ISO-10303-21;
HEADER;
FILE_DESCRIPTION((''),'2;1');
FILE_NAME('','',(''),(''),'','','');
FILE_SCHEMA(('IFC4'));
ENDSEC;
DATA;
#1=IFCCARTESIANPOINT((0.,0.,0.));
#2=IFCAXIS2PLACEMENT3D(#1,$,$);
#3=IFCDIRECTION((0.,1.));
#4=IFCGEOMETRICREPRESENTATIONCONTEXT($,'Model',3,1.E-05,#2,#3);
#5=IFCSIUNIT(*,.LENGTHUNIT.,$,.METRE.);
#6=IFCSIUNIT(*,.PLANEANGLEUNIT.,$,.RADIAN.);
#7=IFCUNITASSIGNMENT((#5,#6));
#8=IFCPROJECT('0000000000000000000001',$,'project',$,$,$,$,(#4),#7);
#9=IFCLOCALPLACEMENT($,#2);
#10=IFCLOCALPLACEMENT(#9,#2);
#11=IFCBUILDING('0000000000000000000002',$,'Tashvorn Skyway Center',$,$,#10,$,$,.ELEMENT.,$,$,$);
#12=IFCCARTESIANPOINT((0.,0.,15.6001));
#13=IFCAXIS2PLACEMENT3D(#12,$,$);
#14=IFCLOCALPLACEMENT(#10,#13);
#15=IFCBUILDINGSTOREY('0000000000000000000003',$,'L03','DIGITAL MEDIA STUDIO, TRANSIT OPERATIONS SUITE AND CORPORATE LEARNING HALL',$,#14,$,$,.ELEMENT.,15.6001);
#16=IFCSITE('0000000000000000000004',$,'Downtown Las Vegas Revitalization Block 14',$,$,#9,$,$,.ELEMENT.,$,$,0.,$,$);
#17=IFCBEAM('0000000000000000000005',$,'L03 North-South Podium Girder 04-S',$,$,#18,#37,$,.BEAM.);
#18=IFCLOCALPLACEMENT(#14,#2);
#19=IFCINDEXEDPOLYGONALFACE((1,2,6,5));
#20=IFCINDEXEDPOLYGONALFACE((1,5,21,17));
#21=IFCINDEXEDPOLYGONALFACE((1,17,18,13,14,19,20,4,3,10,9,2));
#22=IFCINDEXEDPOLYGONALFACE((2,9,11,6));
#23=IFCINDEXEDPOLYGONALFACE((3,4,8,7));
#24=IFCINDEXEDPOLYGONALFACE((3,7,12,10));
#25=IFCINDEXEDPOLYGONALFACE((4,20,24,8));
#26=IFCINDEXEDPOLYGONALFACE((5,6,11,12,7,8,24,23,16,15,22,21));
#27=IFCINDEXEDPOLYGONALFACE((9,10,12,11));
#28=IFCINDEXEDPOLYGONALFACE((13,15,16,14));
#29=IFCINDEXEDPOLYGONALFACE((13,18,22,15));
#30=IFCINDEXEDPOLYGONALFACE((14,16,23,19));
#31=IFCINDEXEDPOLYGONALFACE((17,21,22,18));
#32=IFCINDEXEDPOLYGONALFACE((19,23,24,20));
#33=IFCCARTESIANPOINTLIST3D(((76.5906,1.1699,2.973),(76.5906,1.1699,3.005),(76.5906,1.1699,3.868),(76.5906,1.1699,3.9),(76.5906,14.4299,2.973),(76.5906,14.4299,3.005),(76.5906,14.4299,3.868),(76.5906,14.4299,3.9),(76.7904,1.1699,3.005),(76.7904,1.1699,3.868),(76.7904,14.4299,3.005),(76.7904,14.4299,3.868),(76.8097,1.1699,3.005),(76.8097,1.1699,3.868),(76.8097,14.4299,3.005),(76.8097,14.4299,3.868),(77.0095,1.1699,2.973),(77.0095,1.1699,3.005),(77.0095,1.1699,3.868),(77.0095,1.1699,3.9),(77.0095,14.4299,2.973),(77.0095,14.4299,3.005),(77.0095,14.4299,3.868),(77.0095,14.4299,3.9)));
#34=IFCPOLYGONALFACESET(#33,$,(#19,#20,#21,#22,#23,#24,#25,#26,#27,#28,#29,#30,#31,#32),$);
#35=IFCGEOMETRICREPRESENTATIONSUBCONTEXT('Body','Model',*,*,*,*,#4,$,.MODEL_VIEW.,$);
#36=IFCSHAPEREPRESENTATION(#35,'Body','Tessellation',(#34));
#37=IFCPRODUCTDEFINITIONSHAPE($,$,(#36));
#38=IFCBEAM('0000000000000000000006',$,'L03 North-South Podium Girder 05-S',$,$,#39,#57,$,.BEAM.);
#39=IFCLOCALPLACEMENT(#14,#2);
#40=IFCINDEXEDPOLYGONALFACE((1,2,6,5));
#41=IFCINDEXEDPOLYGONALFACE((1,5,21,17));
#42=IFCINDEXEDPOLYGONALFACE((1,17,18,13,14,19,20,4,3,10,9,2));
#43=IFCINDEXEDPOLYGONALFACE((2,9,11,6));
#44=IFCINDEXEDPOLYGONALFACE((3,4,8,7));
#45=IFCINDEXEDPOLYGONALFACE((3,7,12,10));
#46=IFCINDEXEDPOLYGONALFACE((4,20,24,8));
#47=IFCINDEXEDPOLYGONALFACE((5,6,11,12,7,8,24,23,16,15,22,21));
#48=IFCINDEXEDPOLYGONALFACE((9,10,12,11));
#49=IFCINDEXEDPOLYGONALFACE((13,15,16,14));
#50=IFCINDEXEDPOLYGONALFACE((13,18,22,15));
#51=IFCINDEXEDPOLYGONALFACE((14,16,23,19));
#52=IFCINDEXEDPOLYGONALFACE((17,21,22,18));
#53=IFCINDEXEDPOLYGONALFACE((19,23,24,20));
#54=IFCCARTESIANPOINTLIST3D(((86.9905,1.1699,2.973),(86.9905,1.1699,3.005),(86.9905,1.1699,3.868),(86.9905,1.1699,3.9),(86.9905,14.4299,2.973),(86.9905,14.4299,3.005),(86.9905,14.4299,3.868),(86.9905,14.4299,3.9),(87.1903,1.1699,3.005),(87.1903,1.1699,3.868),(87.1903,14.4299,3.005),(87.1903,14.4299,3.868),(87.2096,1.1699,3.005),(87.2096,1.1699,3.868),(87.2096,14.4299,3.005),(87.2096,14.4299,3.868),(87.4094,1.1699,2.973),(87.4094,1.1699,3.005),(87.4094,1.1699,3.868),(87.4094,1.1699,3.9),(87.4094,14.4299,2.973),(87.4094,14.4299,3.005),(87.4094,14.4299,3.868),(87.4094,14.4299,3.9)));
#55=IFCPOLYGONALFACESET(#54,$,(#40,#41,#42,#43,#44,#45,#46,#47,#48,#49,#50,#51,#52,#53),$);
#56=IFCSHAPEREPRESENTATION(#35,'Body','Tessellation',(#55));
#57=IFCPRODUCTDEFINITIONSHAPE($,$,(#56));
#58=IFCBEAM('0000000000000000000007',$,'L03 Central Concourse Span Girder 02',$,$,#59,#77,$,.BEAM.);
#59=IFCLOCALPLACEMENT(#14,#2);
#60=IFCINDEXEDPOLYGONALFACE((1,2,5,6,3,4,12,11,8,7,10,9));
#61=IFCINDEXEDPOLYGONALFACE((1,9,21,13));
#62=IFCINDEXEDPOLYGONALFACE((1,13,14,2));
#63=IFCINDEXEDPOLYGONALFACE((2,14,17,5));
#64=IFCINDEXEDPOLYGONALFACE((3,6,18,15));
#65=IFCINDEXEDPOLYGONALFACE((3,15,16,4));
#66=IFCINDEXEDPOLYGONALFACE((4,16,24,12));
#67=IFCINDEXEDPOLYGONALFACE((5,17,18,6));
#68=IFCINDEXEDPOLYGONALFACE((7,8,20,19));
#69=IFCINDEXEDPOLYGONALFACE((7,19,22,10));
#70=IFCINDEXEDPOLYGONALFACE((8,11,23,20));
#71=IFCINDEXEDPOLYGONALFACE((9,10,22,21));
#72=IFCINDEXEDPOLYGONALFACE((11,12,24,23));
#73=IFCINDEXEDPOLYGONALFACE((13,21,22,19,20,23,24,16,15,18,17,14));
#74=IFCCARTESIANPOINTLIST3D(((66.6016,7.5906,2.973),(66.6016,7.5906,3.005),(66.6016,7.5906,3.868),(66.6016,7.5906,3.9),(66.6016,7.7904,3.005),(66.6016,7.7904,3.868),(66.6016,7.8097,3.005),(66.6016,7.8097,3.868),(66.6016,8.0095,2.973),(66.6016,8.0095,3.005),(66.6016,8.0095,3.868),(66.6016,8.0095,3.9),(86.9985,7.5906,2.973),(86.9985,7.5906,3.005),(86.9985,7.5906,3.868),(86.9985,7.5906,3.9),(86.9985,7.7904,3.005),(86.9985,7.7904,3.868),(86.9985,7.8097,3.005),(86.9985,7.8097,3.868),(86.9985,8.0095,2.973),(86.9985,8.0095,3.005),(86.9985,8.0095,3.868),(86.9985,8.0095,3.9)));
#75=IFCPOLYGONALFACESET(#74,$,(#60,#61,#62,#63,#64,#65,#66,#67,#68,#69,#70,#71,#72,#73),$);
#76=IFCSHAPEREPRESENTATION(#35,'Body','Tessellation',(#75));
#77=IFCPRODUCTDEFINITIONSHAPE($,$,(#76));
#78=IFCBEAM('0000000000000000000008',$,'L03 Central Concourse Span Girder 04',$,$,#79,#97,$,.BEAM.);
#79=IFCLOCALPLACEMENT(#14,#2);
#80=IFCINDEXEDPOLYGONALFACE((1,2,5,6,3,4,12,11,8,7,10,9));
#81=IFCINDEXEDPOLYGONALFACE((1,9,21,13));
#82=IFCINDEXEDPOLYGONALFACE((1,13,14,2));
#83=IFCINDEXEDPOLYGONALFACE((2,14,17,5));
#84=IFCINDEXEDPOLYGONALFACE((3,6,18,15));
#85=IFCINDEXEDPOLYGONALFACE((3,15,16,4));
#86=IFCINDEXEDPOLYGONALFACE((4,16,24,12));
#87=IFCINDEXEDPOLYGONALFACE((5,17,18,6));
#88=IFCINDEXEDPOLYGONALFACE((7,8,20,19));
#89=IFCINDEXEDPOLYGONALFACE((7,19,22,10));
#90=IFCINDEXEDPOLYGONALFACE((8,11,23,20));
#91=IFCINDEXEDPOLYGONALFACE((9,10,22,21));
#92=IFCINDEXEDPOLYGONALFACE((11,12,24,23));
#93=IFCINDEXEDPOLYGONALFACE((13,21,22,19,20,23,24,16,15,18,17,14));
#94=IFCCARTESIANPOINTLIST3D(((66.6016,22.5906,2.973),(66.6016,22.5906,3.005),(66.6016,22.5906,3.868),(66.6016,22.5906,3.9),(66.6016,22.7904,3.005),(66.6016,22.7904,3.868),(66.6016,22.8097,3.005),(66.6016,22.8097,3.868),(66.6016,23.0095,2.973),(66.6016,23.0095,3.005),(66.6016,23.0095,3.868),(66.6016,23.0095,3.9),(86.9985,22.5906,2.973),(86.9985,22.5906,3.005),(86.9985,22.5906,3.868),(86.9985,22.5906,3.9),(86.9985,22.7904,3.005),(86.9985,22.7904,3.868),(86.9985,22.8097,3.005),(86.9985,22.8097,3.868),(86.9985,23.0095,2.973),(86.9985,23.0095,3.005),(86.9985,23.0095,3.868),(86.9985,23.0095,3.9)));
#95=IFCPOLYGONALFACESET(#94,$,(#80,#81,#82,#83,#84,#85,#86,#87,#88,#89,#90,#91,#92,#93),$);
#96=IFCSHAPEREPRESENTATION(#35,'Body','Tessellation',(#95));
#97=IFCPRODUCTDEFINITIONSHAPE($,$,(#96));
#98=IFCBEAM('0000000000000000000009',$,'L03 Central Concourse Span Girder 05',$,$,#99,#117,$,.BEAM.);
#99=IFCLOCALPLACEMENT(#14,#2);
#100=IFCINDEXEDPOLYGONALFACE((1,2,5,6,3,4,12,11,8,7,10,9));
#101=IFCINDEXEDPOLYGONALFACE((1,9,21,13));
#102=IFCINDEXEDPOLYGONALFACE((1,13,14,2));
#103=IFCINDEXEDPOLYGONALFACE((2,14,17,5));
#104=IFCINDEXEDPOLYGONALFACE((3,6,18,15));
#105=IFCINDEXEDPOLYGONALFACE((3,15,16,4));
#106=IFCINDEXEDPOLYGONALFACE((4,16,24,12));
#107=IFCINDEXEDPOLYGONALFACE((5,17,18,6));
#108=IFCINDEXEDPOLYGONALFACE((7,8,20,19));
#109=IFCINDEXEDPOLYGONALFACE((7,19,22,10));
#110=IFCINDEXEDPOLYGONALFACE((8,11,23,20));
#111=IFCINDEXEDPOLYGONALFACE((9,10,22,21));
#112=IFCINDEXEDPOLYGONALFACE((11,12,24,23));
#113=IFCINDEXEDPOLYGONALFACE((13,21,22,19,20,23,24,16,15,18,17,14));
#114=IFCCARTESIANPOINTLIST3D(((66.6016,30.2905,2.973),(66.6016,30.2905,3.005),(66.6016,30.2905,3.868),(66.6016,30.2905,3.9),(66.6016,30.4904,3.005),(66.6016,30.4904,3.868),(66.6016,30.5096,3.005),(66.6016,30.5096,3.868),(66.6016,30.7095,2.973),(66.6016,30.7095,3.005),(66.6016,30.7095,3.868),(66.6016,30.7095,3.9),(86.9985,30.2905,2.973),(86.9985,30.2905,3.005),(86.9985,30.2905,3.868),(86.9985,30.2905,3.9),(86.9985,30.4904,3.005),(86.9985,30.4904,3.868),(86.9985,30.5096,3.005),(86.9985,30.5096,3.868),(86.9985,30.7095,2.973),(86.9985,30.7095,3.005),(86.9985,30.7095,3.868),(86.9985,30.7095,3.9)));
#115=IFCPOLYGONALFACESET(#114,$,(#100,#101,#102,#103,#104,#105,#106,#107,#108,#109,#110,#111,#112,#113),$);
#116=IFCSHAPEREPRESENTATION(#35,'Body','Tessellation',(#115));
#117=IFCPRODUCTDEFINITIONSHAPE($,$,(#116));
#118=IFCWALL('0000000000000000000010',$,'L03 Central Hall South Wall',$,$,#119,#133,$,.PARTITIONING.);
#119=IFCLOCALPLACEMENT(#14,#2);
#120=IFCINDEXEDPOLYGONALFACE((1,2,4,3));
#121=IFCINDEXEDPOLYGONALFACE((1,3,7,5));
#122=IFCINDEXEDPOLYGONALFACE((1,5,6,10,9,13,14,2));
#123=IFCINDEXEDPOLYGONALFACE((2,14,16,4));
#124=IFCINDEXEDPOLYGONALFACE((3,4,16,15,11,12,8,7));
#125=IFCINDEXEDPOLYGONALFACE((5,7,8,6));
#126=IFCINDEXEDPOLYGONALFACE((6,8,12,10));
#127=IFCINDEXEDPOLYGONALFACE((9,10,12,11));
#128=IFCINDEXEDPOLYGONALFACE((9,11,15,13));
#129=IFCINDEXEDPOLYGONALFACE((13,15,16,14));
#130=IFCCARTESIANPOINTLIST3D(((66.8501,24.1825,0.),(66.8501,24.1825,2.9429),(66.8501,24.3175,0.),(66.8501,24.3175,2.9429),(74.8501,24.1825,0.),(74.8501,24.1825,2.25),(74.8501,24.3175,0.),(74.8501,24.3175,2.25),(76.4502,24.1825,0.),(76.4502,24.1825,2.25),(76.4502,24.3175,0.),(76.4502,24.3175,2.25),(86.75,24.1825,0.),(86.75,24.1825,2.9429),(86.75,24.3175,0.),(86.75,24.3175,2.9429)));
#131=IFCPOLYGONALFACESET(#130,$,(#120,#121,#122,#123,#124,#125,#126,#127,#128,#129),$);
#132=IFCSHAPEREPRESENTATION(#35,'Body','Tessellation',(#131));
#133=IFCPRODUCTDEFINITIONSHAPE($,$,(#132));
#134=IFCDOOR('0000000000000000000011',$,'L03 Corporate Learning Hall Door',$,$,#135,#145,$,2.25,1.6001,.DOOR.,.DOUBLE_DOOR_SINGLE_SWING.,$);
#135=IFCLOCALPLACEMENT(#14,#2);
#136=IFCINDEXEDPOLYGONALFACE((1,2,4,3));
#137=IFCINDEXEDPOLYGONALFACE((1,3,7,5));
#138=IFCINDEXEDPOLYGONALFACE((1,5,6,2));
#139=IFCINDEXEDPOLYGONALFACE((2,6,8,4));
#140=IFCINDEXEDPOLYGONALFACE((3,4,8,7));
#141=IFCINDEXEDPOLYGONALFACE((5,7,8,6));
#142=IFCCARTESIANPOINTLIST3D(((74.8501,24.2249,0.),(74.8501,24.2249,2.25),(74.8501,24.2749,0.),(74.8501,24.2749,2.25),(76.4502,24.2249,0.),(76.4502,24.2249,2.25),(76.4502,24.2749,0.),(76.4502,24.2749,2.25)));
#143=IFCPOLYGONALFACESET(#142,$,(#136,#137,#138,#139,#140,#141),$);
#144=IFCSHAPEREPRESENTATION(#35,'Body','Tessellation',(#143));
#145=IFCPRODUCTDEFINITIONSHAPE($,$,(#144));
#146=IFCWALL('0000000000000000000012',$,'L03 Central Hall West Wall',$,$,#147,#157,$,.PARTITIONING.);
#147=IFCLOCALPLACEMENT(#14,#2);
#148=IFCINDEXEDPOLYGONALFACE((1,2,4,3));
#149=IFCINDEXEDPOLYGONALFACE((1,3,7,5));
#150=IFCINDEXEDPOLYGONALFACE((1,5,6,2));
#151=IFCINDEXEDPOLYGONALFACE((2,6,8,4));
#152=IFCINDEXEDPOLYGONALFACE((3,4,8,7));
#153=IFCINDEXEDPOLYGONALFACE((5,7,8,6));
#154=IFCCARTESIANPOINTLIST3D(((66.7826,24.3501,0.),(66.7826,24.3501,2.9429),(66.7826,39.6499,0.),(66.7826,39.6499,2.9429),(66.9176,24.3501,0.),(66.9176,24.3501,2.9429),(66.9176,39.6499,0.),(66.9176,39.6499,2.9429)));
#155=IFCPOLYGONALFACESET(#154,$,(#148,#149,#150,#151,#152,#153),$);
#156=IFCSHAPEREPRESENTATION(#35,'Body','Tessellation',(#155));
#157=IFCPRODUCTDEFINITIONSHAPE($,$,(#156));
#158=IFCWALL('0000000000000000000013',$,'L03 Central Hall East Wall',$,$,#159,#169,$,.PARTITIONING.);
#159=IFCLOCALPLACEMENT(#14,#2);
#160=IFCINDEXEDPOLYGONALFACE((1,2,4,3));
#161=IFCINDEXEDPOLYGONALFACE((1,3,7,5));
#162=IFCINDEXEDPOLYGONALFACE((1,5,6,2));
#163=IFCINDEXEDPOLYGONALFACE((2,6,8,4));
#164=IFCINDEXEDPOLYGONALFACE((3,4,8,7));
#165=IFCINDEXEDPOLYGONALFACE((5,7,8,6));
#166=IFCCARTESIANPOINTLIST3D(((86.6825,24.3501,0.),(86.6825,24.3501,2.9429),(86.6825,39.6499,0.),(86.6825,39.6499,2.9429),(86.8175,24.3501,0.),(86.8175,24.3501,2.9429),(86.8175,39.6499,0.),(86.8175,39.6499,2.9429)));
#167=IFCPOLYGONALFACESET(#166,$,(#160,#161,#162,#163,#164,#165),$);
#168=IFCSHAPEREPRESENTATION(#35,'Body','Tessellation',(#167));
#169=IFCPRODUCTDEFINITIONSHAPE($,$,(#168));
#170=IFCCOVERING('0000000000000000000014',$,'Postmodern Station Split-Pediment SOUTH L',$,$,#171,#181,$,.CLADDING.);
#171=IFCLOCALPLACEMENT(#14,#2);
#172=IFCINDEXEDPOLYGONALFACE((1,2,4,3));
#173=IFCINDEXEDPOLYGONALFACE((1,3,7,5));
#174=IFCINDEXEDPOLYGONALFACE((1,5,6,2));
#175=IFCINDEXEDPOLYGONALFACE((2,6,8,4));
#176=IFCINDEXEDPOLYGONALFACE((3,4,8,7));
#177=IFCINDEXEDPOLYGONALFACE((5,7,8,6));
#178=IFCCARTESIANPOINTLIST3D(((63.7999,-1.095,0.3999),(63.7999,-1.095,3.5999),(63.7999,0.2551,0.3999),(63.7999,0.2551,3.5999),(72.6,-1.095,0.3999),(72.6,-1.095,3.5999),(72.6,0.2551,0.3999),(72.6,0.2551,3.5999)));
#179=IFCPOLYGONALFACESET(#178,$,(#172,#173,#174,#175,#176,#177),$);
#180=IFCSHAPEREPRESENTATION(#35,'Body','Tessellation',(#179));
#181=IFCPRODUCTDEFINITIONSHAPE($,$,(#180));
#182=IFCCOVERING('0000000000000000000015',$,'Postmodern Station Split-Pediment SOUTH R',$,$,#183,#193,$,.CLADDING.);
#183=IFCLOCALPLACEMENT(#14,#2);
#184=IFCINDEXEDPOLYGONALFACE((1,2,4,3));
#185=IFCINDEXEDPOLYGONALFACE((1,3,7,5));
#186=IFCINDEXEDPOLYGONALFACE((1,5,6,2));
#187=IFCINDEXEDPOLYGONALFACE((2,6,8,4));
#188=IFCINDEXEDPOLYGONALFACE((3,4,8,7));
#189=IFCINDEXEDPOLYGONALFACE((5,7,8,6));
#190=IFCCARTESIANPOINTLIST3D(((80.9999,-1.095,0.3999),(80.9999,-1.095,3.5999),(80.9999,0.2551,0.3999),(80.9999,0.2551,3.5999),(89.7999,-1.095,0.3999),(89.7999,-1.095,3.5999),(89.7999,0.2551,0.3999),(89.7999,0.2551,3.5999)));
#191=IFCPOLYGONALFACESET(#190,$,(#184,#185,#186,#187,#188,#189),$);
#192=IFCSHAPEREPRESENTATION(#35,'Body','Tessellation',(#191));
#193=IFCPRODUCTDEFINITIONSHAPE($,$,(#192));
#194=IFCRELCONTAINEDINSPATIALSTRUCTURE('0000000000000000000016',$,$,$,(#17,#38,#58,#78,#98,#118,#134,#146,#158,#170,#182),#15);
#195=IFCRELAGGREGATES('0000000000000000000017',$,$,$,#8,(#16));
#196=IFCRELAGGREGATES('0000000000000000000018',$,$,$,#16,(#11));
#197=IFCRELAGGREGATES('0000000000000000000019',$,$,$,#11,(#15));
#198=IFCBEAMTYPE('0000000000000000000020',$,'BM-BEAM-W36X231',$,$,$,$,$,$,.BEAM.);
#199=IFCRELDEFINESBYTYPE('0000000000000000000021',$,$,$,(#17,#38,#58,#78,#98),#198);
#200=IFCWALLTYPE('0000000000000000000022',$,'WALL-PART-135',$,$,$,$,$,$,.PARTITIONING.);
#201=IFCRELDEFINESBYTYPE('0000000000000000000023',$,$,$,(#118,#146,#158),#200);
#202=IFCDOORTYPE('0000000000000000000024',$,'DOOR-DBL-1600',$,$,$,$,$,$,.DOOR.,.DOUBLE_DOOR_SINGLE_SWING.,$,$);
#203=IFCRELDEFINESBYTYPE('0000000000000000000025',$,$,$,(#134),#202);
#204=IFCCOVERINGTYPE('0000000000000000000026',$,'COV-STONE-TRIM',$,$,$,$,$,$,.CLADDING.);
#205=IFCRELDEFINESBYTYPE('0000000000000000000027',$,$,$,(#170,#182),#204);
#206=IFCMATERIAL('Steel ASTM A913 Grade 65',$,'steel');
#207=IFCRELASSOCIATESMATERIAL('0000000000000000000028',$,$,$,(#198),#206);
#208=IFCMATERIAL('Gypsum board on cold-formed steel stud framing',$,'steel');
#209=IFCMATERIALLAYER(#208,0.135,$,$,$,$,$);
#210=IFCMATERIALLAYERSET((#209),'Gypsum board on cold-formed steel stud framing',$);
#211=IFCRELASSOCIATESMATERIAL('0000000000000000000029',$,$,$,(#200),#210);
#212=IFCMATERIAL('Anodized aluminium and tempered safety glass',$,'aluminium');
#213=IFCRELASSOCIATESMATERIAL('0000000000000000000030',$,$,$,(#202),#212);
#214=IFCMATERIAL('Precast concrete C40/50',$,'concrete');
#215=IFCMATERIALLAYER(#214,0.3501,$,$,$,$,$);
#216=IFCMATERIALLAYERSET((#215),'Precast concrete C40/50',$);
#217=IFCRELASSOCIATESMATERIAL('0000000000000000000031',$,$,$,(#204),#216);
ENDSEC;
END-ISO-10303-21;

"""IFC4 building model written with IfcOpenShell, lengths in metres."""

from ifc_helpers import new_model, si_unit, direction, frame, frame_2d, origin, origin_2d, place, context, subcontext, project, spatial, rectangle, i_section, extrude, material, layer, layer_set, material_profile, profile_set, type_object, element, fill, save


model = new_model("IFC4")

# Units and contexts
model_context = context("Model", 3, precision=1e-05, world=origin(), true_north=direction((0.0, 1.0)))
body_context = subcontext(model_context, "Body", "Model", "MODEL_VIEW")
ifc_project = project(units=[si_unit("LENGTHUNIT", "METRE"), si_unit("PLANEANGLEUNIT", "RADIAN")], contexts=[model_context])

# Site, building, storey
site_placement = place(None, origin())
site = spatial("IfcSite", under=ifc_project, at=site_placement, Name="Downtown Las Vegas Revitalization Block 14", CompositionType="ELEMENT", RefElevation=0.0)
building_placement = place(site_placement, origin())
building = spatial("IfcBuilding", under=site, at=building_placement, Name="Tashvorn Skyway Center", CompositionType="ELEMENT")
storey_placement = place(building_placement, frame((0.0, 0.0, 15.6001)))
storey = spatial("IfcBuildingStorey", under=building, at=storey_placement, Name="L03", Description="DIGITAL MEDIA STUDIO, TRANSIT OPERATIONS SUITE AND CORPORATE LEARNING HALL", CompositionType="ELEMENT", Elevation=15.6001)

# Beams
ifc_material_1 = material(Name="Steel ASTM A913 Grade 65", Category="steel")
ifc_material_profile_1 = material_profile(ifc_material_1, i_section(OverallWidth=0.4189, OverallDepth=0.927, WebThickness=0.0193, FlangeThickness=0.032, at=origin_2d()), Name="W36X231")
ifc_profile_set_1 = profile_set([ifc_material_profile_1], Name="Steel ASTM A913 Grade 65")
beam_type_1 = type_object("IfcBeamType", Name="BM-BEAM-W36X231", PredefinedType="BEAM", material=ifc_profile_set_1)
for number, where, z_axis, x_axis, name in (
    (1, (76.8, 1.1699, 3.4365), (0.0, 1.0, 0.0), (-1.0, 0.0, 0.0), "L03 North-South Podium Girder 04-S"),
    (2, (87.2, 1.1699, 3.4365), (0.0, 1.0, 0.0), (-1.0, 0.0, 0.0), "L03 North-South Podium Girder 05-S"),
):
    element("IfcBeam", number, at=place(storey_placement, frame(where, z_axis=z_axis, x_axis=x_axis)), inside=storey, type_object=beam_type_1, Name=name, PredefinedType="BEAM", context=body_context, shape_type="SweptSolid", body=[
        extrude(i_section(OverallWidth=0.4189, OverallDepth=0.927, WebThickness=0.0193, FlangeThickness=0.032, at=origin_2d()), origin(), (0.0, 0.0, 1.0), 13.26),
    ])
for number, where, z_axis, x_axis, name in (
    (3, (66.6016, 7.8, 3.4365), (1.0, 0.0, 0.0), (0.0, 1.0, 0.0), "L03 Central Concourse Span Girder 02"),
    (4, (66.6016, 22.8, 3.4365), (1.0, 0.0, 0.0), (0.0, 1.0, 0.0), "L03 Central Concourse Span Girder 04"),
    (5, (66.6016, 30.5, 3.4365), (1.0, 0.0, 0.0), (0.0, 1.0, 0.0), "L03 Central Concourse Span Girder 05"),
):
    element("IfcBeam", number, at=place(storey_placement, frame(where, z_axis=z_axis, x_axis=x_axis)), inside=storey, type_object=beam_type_1, Name=name, PredefinedType="BEAM", context=body_context, shape_type="SweptSolid", body=[
        extrude(i_section(OverallWidth=0.4189, OverallDepth=0.927, WebThickness=0.0193, FlangeThickness=0.032, at=origin_2d()), origin(), (0.0, 0.0, 1.0), 20.397),
    ])

# Wall, opening, door
ifc_material_2 = material(Name="Gypsum board on cold-formed steel stud framing", Category="steel")
ifc_layer_1 = layer(ifc_material_2, 0.135)
ifc_layer_set_1 = layer_set([ifc_layer_1], Name="Gypsum board on cold-formed steel stud framing")
wall_type = type_object("IfcWallType", Name="WALL-PART-135", PredefinedType="PARTITIONING", material=ifc_layer_set_1)
wall_placement = place(storey_placement, frame((66.8501, 24.25, 0.0), z_axis=(0.0, 0.0, 1.0), x_axis=(1.0, 0.0, 0.0)))
wall = element("IfcWall", 6, at=wall_placement, inside=storey, type_object=wall_type, Name="L03 Central Hall South Wall", PredefinedType="PARTITIONING", context=body_context, shape_type="SweptSolid", body=[
    extrude(rectangle(XDim=19.8999, YDim=0.135, at=frame_2d((9.95, 0.0))), origin(), (0.0, 0.0, 1.0), 2.9429),
])
opening_placement = place(wall_placement, frame((8.0, 0.0, 0.0)))
opening = element("IfcOpeningElement", 7, at=opening_placement, cuts=wall, PredefinedType="OPENING", context=body_context, shape_type="SweptSolid", body=[
    extrude(rectangle(XDim=1.6001, YDim=2.25, at=frame_2d((0.8, 1.125))), frame((0.0, 0.0774, 0.0), z_axis=(0.0, -1.0, 0.0), x_axis=(1.0, 0.0, 0.0)), (0.0, 0.0, 1.0), 0.155),
])
ifc_material_3 = material(Name="Anodized aluminium and tempered safety glass", Category="aluminium")
door_type = type_object("IfcDoorType", Name="DOOR-DBL-1600", OperationType="DOUBLE_DOOR_SINGLE_SWING", PredefinedType="DOOR", material=ifc_material_3)
door_placement = place(opening_placement, origin())
door = element("IfcDoor", 8, at=door_placement, inside=storey, type_object=door_type, Name="L03 Corporate Learning Hall Door", OperationType="DOUBLE_DOOR_SINGLE_SWING", OverallHeight=2.25, OverallWidth=1.6001, PredefinedType="DOOR", context=body_context, shape_type="SweptSolid", body=[
    extrude(rectangle(XDim=1.6001, YDim=2.25, at=frame_2d((0.8, 1.125))), frame((0.0, 0.0249, 0.0), z_axis=(0.0, -1.0, 0.0), x_axis=(1.0, 0.0, 0.0)), (0.0, 0.0, 1.0), 0.05),
])
fill(opening, door)

# Walls
for number, where, z_axis, x_axis, name in (
    (9, (66.8501, 24.3501, 0.0), (0.0, 0.0, 1.0), (0.0, 1.0, 0.0), "L03 Central Hall West Wall"),
    (10, (86.75, 24.3501, 0.0), (0.0, 0.0, 1.0), (0.0, 1.0, 0.0), "L03 Central Hall East Wall"),
):
    element("IfcWall", number, at=place(storey_placement, frame(where, z_axis=z_axis, x_axis=x_axis)), inside=storey, type_object=wall_type, Name=name, PredefinedType="PARTITIONING", context=body_context, shape_type="SweptSolid", body=[
        extrude(rectangle(XDim=15.2998, YDim=0.135, at=frame_2d((7.6499, 0.0))), origin(), (0.0, 0.0, 1.0), 2.9429),
    ])

# Coverings
ifc_material_4 = material(Name="Precast concrete C40/50", Category="concrete")
ifc_layer_2 = layer(ifc_material_4, 0.3501)
ifc_layer_set_2 = layer_set([ifc_layer_2], Name="Precast concrete C40/50")
covering_type = type_object("IfcCoveringType", Name="COV-STONE-TRIM", PredefinedType="CLADDING", material=ifc_layer_set_2)
for number, where, z_axis, x_axis, name in (
    (11, (68.2, -0.4199, 0.3999), (0.0, 0.0, 1.0), (1.0, 0.0, 0.0), "Postmodern Station Split-Pediment SOUTH L"),
    (12, (85.3999, -0.4199, 0.3999), (0.0, 0.0, 1.0), (1.0, 0.0, 0.0), "Postmodern Station Split-Pediment SOUTH R"),
):
    element("IfcCovering", number, at=place(storey_placement, frame(where, z_axis=z_axis, x_axis=x_axis)), inside=storey, type_object=covering_type, Name=name, PredefinedType="CLADDING", context=body_context, shape_type="SweptSolid", body=[
        extrude(rectangle(XDim=8.8, YDim=1.3501, at=origin_2d()), origin(), (0.0, 0.0, 1.0), 3.2),
    ])

save(model, "model.ifc")
